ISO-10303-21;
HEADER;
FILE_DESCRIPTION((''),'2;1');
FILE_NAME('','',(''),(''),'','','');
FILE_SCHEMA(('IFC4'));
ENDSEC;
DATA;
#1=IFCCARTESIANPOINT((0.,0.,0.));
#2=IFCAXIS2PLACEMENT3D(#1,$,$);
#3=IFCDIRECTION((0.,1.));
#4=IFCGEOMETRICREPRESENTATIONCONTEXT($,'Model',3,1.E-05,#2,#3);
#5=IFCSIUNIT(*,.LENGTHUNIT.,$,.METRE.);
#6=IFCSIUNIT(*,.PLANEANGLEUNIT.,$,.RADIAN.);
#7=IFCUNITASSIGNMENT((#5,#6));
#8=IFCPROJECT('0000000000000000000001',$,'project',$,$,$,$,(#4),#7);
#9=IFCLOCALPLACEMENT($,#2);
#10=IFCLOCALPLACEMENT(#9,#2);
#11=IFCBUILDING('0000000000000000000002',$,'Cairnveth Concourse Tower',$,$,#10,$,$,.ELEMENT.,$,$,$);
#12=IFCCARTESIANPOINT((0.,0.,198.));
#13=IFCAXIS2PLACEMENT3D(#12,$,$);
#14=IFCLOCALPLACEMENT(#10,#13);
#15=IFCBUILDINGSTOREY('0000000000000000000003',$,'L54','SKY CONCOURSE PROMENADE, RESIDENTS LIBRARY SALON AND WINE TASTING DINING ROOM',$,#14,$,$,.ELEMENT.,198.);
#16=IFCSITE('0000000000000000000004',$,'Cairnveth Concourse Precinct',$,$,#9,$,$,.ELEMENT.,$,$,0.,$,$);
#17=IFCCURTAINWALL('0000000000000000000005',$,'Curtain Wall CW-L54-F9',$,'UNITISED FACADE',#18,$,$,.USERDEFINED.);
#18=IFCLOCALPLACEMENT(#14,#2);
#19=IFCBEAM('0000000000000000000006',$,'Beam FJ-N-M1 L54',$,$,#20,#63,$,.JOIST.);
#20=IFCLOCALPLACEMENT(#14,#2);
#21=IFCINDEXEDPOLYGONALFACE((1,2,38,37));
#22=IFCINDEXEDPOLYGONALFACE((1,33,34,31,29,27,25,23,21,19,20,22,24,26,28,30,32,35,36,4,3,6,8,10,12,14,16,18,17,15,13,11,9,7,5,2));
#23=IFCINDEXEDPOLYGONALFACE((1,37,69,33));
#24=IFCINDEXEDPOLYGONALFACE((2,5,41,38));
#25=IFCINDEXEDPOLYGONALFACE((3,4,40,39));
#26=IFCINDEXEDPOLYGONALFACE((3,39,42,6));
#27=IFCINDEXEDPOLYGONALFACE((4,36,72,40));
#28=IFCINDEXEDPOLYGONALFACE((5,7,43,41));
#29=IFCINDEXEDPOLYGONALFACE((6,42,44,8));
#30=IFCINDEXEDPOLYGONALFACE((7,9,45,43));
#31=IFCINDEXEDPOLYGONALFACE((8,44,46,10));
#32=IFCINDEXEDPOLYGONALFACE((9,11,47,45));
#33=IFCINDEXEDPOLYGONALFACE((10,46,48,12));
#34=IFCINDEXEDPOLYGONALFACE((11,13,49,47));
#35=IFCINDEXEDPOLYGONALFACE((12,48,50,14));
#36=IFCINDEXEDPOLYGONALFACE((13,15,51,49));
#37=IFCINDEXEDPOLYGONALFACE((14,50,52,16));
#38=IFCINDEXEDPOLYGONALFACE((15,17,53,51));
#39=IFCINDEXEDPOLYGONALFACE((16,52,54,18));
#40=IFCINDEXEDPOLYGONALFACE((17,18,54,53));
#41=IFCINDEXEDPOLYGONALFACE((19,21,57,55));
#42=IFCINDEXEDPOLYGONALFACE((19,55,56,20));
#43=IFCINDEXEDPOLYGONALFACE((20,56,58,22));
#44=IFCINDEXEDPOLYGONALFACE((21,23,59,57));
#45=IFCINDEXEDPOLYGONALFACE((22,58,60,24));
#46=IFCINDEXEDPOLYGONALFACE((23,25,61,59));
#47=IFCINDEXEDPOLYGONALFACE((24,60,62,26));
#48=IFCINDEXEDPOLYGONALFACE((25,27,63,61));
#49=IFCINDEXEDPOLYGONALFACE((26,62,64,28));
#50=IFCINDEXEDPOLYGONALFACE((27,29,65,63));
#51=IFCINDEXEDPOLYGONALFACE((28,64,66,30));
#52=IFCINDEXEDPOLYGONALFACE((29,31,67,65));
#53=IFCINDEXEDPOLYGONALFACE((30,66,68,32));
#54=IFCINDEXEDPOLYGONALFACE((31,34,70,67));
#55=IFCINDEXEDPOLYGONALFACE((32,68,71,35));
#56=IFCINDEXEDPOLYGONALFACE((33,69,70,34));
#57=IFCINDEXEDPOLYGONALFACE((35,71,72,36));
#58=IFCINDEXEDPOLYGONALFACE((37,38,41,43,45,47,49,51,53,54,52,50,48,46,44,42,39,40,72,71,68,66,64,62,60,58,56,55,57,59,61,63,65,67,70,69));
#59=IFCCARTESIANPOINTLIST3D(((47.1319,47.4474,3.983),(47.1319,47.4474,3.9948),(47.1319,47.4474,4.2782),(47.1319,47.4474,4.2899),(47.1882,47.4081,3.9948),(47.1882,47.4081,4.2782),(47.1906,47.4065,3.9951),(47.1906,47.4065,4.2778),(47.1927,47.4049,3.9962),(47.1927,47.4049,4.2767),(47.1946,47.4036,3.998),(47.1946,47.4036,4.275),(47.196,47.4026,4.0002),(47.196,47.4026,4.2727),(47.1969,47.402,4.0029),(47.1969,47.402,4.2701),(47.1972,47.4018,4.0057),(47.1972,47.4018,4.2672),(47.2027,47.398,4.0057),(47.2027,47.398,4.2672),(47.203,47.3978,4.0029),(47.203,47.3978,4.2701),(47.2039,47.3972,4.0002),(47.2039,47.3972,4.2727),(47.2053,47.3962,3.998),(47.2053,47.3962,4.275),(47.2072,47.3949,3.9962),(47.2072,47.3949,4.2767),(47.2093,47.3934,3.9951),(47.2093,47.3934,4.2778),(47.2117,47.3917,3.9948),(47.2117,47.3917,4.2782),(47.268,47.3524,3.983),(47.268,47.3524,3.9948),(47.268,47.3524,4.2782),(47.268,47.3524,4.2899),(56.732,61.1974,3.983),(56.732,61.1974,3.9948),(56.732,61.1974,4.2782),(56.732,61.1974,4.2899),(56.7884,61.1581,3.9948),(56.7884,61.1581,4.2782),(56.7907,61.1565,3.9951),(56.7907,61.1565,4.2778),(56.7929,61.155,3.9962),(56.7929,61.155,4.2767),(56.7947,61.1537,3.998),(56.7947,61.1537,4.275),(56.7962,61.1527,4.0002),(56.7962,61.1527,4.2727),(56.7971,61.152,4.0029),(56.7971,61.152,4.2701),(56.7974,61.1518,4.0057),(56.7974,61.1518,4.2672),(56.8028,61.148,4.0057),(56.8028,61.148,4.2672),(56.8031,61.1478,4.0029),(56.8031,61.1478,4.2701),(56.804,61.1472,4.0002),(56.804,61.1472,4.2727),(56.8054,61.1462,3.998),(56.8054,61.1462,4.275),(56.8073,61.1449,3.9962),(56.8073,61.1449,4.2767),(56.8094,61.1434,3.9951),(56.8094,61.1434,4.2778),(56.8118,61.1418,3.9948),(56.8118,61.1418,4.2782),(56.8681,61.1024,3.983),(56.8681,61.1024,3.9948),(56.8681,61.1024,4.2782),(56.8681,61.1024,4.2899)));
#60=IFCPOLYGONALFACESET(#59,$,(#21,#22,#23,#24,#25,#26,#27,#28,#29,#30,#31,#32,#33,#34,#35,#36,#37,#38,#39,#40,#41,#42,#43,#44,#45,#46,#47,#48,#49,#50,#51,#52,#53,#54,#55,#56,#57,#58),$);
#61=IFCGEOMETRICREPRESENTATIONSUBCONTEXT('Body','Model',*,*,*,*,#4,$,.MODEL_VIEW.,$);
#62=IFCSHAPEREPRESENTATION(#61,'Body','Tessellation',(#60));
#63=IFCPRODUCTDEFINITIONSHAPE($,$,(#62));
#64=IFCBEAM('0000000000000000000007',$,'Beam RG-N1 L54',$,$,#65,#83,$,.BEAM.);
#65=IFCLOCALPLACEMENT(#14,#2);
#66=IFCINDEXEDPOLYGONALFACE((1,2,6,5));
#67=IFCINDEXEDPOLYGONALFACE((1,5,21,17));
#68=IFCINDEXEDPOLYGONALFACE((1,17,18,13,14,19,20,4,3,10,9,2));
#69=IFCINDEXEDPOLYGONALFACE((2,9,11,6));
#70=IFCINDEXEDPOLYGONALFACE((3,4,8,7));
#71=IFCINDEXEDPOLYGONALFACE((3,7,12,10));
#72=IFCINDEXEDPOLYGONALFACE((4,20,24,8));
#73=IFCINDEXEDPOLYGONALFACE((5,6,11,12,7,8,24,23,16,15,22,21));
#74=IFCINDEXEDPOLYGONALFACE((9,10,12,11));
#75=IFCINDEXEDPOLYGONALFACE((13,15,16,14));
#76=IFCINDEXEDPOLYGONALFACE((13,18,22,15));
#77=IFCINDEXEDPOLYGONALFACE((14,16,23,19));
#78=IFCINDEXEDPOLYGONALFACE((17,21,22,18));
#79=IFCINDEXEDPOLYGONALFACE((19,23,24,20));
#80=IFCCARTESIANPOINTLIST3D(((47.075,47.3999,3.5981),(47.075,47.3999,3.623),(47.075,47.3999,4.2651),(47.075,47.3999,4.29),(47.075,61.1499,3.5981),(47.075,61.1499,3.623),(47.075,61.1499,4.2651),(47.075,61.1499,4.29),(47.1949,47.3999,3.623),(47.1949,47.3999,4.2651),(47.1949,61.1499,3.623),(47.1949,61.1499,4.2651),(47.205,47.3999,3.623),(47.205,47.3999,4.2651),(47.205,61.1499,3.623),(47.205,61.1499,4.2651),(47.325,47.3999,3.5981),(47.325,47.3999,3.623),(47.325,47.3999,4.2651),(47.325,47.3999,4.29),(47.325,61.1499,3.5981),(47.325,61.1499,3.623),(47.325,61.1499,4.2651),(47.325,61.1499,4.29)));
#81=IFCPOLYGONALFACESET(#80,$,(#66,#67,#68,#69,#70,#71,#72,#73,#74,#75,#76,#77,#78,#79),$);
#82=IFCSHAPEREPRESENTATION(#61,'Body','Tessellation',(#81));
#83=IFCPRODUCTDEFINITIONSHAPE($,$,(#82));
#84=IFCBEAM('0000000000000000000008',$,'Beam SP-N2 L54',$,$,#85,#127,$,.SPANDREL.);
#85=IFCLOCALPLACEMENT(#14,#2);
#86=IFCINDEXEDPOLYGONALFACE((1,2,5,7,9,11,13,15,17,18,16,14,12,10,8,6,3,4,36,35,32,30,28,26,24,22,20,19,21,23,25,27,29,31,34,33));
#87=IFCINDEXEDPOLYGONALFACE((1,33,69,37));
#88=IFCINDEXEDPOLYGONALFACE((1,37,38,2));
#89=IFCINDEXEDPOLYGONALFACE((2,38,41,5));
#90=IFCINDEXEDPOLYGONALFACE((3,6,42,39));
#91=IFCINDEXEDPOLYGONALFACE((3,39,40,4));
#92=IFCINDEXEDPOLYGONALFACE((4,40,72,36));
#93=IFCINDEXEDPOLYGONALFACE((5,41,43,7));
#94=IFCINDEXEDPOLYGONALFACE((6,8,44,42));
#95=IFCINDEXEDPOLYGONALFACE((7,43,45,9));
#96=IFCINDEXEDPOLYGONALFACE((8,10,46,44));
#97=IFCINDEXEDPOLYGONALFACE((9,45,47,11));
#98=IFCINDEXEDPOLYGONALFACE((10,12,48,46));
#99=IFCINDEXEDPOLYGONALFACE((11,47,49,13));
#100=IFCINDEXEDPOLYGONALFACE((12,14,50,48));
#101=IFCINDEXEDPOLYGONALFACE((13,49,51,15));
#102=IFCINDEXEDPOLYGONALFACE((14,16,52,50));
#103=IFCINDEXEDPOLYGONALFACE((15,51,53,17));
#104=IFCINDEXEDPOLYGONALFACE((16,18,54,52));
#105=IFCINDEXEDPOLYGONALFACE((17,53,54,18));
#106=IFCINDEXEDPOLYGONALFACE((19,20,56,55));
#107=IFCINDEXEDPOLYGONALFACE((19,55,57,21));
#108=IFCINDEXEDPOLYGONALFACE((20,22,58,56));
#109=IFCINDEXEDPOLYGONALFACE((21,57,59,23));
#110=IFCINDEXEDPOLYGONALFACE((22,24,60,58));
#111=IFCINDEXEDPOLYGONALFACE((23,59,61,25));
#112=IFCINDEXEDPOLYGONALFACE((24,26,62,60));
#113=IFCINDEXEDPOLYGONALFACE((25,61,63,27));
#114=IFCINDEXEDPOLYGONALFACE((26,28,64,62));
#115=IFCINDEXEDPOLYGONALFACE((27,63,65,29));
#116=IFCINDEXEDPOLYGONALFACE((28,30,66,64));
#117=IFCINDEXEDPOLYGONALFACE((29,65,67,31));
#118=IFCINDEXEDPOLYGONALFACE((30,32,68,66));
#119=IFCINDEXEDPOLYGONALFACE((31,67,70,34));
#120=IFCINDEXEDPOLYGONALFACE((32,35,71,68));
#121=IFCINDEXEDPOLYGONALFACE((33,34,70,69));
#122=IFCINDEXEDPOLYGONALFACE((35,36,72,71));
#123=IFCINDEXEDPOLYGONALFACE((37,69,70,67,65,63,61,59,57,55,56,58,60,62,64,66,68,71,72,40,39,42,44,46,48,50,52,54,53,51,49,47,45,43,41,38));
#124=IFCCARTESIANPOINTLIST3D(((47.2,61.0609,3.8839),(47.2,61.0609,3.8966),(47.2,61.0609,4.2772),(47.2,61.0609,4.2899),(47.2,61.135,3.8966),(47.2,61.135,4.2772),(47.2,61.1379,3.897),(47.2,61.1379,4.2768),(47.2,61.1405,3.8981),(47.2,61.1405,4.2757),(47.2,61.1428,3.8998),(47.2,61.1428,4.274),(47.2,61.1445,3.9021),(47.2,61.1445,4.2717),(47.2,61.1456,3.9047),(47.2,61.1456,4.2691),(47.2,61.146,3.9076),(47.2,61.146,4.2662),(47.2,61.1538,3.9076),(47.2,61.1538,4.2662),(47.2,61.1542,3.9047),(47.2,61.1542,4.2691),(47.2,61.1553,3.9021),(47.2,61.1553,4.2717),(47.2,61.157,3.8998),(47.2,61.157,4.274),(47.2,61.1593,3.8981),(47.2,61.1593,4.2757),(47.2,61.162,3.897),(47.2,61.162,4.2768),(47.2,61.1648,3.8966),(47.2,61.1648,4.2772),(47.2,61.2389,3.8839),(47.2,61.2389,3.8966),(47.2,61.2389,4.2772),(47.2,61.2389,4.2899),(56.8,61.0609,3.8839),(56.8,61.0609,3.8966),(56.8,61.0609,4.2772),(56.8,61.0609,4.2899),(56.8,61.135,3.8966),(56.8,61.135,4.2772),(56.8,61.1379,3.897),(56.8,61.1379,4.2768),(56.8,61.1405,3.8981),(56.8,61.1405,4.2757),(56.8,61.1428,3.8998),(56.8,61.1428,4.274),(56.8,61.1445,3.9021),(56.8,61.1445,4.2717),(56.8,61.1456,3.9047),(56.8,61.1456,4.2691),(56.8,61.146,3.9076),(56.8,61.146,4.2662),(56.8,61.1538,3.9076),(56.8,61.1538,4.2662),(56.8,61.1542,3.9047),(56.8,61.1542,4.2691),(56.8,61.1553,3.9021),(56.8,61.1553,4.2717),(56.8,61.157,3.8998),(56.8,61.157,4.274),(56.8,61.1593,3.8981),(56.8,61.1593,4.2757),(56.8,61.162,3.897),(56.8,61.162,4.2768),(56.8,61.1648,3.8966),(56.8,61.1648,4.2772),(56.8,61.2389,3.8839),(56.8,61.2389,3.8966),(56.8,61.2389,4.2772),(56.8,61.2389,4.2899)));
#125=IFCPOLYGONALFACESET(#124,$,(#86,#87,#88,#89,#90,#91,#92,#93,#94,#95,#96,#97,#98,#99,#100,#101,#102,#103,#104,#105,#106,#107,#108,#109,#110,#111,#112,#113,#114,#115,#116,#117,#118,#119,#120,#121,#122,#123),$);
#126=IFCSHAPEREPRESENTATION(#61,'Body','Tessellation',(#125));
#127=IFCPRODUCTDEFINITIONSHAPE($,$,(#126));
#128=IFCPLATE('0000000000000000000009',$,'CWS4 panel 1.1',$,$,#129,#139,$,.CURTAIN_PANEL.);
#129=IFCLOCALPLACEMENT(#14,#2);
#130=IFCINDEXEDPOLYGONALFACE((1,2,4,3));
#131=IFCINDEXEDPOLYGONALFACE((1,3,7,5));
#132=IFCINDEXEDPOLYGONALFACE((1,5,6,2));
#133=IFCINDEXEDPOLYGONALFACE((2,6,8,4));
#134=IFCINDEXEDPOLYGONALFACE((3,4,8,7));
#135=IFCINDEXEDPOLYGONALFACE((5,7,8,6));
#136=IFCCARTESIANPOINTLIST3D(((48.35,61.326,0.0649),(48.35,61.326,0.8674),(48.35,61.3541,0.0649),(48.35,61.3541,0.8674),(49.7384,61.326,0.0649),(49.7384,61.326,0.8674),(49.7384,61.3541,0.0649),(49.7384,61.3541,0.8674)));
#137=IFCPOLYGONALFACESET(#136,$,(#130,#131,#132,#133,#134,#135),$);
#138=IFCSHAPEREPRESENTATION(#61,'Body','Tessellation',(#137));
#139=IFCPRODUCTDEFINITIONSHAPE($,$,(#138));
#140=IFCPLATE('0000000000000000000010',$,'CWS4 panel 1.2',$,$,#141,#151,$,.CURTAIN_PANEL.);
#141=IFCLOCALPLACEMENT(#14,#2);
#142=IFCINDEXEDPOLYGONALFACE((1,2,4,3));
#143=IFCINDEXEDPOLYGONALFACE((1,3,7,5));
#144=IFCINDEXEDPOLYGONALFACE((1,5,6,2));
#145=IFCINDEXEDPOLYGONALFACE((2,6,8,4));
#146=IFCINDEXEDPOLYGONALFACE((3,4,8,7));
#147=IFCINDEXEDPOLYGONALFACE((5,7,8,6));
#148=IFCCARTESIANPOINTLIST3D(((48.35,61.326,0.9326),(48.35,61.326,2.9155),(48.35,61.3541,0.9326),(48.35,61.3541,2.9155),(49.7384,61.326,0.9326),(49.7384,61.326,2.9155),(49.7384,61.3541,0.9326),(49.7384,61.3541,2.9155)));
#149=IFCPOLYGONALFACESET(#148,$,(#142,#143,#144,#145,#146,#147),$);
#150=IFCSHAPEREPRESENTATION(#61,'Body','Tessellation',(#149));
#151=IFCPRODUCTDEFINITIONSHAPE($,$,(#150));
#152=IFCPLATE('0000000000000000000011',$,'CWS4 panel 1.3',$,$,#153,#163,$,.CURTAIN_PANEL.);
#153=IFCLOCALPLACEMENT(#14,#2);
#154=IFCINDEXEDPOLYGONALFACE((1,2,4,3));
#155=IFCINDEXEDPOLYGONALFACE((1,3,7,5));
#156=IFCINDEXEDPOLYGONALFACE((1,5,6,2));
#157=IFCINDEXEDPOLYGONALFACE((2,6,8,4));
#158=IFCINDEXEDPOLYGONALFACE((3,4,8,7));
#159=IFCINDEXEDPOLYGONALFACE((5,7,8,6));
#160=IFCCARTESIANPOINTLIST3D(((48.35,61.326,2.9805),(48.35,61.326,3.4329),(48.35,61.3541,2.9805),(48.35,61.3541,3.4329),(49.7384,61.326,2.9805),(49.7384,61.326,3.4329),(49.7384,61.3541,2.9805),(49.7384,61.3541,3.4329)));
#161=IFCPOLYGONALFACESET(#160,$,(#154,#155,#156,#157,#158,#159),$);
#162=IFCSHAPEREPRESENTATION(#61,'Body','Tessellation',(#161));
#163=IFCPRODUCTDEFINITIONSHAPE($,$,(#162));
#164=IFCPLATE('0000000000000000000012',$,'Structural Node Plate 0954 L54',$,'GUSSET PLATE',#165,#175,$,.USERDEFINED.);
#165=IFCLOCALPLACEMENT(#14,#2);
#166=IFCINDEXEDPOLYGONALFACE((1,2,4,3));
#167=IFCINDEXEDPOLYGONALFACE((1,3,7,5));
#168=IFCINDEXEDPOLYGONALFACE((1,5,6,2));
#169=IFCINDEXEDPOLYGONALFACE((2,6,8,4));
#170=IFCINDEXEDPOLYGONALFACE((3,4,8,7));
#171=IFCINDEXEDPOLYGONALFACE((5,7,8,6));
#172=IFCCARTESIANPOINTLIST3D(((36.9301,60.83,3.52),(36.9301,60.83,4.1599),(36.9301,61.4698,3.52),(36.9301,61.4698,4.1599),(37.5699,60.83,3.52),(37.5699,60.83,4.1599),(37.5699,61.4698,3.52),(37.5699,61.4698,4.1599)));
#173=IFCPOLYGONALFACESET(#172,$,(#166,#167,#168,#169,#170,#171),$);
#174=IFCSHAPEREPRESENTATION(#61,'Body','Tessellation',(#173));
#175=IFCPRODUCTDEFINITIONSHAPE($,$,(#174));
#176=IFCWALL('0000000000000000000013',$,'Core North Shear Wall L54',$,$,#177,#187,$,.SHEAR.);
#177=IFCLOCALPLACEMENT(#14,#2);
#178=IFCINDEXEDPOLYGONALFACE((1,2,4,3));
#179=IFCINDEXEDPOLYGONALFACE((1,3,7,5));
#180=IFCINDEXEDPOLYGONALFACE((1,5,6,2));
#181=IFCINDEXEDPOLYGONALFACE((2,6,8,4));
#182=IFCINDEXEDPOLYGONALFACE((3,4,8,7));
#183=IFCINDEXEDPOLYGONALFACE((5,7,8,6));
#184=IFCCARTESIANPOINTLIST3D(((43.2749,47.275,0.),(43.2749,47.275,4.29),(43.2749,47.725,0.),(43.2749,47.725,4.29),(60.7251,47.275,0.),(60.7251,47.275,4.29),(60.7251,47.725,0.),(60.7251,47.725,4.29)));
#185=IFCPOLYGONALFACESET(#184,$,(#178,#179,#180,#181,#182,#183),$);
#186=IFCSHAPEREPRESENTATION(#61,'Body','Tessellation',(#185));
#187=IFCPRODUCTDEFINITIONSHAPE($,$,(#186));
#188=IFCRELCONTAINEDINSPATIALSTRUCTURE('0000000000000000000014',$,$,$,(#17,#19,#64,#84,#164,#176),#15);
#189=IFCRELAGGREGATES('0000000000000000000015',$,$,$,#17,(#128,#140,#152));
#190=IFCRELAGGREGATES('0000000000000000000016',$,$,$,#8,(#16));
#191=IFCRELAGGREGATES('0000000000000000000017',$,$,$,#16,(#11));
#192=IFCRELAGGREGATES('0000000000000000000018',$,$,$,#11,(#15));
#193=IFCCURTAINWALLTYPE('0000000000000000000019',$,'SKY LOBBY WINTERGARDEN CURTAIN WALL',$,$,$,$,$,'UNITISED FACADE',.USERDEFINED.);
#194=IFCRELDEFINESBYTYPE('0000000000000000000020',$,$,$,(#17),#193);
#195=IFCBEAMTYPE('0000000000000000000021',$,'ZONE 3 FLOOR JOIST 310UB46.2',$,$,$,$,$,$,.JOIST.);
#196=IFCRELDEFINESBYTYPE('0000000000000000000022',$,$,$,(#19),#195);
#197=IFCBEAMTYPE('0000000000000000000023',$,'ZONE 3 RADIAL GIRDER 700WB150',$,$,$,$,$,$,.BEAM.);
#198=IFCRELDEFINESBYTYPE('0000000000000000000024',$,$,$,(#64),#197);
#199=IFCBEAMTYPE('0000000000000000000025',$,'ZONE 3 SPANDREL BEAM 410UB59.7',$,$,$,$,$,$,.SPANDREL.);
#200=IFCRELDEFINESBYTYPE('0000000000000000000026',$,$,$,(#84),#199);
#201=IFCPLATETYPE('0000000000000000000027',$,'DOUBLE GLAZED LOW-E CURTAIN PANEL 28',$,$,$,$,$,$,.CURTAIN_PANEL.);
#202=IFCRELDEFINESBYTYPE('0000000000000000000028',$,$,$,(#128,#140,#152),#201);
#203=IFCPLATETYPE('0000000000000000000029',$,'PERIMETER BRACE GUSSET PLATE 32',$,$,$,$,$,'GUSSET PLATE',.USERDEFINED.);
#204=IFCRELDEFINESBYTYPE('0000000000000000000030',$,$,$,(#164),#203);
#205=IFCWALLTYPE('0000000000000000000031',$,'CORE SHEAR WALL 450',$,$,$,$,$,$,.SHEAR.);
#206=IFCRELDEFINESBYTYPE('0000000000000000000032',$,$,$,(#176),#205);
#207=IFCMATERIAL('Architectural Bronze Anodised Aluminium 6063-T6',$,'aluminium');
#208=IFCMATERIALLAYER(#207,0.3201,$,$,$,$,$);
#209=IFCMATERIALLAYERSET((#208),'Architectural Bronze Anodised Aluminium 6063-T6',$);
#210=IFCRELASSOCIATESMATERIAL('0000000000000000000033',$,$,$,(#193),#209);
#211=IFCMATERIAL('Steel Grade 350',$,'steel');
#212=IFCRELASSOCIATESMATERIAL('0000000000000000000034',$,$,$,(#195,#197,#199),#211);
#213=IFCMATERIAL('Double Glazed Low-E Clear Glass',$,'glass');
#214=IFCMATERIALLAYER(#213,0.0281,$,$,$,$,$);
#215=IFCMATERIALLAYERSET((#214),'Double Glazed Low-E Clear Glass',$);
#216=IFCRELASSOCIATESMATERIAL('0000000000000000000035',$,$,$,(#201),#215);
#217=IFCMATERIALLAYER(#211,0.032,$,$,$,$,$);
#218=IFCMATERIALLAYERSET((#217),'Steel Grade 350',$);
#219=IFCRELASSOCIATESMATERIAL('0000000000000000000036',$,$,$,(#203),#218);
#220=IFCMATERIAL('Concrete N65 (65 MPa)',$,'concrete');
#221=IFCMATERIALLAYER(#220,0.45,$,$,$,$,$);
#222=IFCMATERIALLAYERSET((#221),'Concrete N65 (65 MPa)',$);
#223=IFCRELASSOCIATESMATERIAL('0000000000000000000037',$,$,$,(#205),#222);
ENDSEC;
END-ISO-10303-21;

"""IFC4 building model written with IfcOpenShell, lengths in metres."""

from ifc_helpers import new_model, si_unit, direction, frame, frame_2d, origin, origin_2d, place, context, subcontext, project, spatial, rectangle, i_section, extrude, material, layer, layer_set, material_profile, profile_set, type_object, element, aggregate, save


model = new_model("IFC4")

# Units and contexts
model_context = context("Model", 3, precision=1e-05, world=origin(), true_north=direction((0.0, 1.0)))
body_context = subcontext(model_context, "Body", "Model", "MODEL_VIEW")
ifc_project = project(units=[si_unit("LENGTHUNIT", "METRE"), si_unit("PLANEANGLEUNIT", "RADIAN")], contexts=[model_context])

# Site, building, storey
site_placement = place(None, origin())
site = spatial("IfcSite", under=ifc_project, at=site_placement, Name="Cairnveth Concourse Precinct", CompositionType="ELEMENT", RefElevation=0.0)
building_placement = place(site_placement, origin())
building = spatial("IfcBuilding", under=site, at=building_placement, Name="Cairnveth Concourse Tower", CompositionType="ELEMENT")
storey_placement = place(building_placement, frame((0.0, 0.0, 198.0)))
storey = spatial("IfcBuildingStorey", under=building, at=storey_placement, Name="L54", Description="SKY CONCOURSE PROMENADE, RESIDENTS LIBRARY SALON AND WINE TASTING DINING ROOM", CompositionType="ELEMENT", Elevation=198.0)

# Shared definitions
ifc_material_1 = material(Name="Concrete N65 (65 MPa)", Category="concrete")

# Curtain wall
ifc_material_2 = material(Name="Architectural Bronze Anodised Aluminium 6063-T6", Category="aluminium")
ifc_layer_1 = layer(ifc_material_2, 0.3201)
ifc_layer_set_1 = layer_set([ifc_layer_1], Name="Architectural Bronze Anodised Aluminium 6063-T6")
curtain_wall_type = type_object("IfcCurtainWallType", Name="SKY LOBBY WINTERGARDEN CURTAIN WALL", ElementType="UNITISED FACADE", PredefinedType="USERDEFINED", material=ifc_layer_set_1)
curtain_wall_placement = place(storey_placement, origin())
curtain_wall = element("IfcCurtainWall", 1, at=curtain_wall_placement, inside=storey, type_object=curtain_wall_type, Name="Curtain Wall CW-L54-F9", ObjectType="UNITISED FACADE", PredefinedType="USERDEFINED")

# Beams
ifc_material_3 = material(Name="Steel Grade 350", Category="steel")
ifc_material_profile_1 = material_profile(ifc_material_3, i_section(OverallWidth=0.166, OverallDepth=0.3069, WebThickness=0.0066, FlangeThickness=0.0117, FilletRadius=0.011, at=origin_2d()), Name="310UB46.2")
ifc_profile_set_1 = profile_set([ifc_material_profile_1], Name="Steel Grade 350")
beam_type_1 = type_object("IfcBeamType", Name="ZONE 3 FLOOR JOIST 310UB46.2", PredefinedType="JOIST", material=ifc_profile_set_1)
beam_1_placement = place(storey_placement, frame((47.2, 47.3999, 4.1365), z_axis=(0.572465, 0.819929, 0.0), x_axis=(-0.819929, 0.572465, 0.0)))
element("IfcBeam", 2, at=beam_1_placement, inside=storey, type_object=beam_type_1, Name="Beam FJ-N-M1 L54", PredefinedType="JOIST", context=body_context, shape_type="SweptSolid", body=[
    extrude(i_section(OverallWidth=0.166, OverallDepth=0.3069, WebThickness=0.0066, FlangeThickness=0.0117, FilletRadius=0.011, at=origin_2d()), origin(), (0.0, 0.0, 1.0), 16.7698),
])
ifc_material_profile_2 = material_profile(ifc_material_3, i_section(OverallWidth=0.25, OverallDepth=0.6919, WebThickness=0.01, FlangeThickness=0.0249, at=origin_2d()), Name="700WB150")
ifc_profile_set_2 = profile_set([ifc_material_profile_2], Name="Steel Grade 350")
beam_type_2 = type_object("IfcBeamType", Name="ZONE 3 RADIAL GIRDER 700WB150", PredefinedType="BEAM", material=ifc_profile_set_2)
beam_2_placement = place(storey_placement, frame((47.2, 47.3999, 3.9441), z_axis=(0.0, 1.0, 0.0), x_axis=(-1.0, 0.0, 0.0)))
element("IfcBeam", 3, at=beam_2_placement, inside=storey, type_object=beam_type_2, Name="Beam RG-N1 L54", PredefinedType="BEAM", context=body_context, shape_type="SweptSolid", body=[
    extrude(i_section(OverallWidth=0.25, OverallDepth=0.6919, WebThickness=0.01, FlangeThickness=0.0249, at=origin_2d()), origin(), (0.0, 0.0, 1.0), 13.75),
])
ifc_material_profile_3 = material_profile(ifc_material_3, i_section(OverallWidth=0.178, OverallDepth=0.406, WebThickness=0.0078, FlangeThickness=0.0127, FilletRadius=0.011, at=origin_2d()), Name="410UB59.7")
ifc_profile_set_3 = profile_set([ifc_material_profile_3], Name="Steel Grade 350")
beam_type_3 = type_object("IfcBeamType", Name="ZONE 3 SPANDREL BEAM 410UB59.7", PredefinedType="SPANDREL", material=ifc_profile_set_3)
beam_3_placement = place(storey_placement, frame((47.2, 61.1499, 4.0869), z_axis=(1.0, 0.0, 0.0), x_axis=(0.0, 1.0, 0.0)))
element("IfcBeam", 4, at=beam_3_placement, inside=storey, type_object=beam_type_3, Name="Beam SP-N2 L54", PredefinedType="SPANDREL", context=body_context, shape_type="SweptSolid", body=[
    extrude(i_section(OverallWidth=0.178, OverallDepth=0.406, WebThickness=0.0078, FlangeThickness=0.0127, FilletRadius=0.011, at=origin_2d()), origin(), (0.0, 0.0, 1.0), 9.6001),
])

# Plates
ifc_material_4 = material(Name="Double Glazed Low-E Clear Glass", Category="glass")
ifc_layer_2 = layer(ifc_material_4, 0.0281)
ifc_layer_set_2 = layer_set([ifc_layer_2], Name="Double Glazed Low-E Clear Glass")
plate_type_1 = type_object("IfcPlateType", Name="DOUBLE GLAZED LOW-E CURTAIN PANEL 28", PredefinedType="CURTAIN_PANEL", material=ifc_layer_set_2)
plate_1_placement = place(storey_placement, frame((49.0442, 61.3401, 0.0649), z_axis=(0.0, 0.0, 1.0), x_axis=(1.0, 0.0, 0.0)))
plate_1 = element("IfcPlate", 5, at=plate_1_placement, type_object=plate_type_1, Name="CWS4 panel 1.1", PredefinedType="CURTAIN_PANEL", context=body_context, shape_type="SweptSolid", body=[
    extrude(rectangle(XDim=1.3884, YDim=0.0281, at=origin_2d()), origin(), (0.0, 0.0, 1.0), 0.8025),
])
plate_2_placement = place(storey_placement, frame((49.0442, 61.3401, 0.9326), z_axis=(0.0, 0.0, 1.0), x_axis=(1.0, 0.0, 0.0)))
plate_2 = element("IfcPlate", 6, at=plate_2_placement, type_object=plate_type_1, Name="CWS4 panel 1.2", PredefinedType="CURTAIN_PANEL", context=body_context, shape_type="SweptSolid", body=[
    extrude(rectangle(XDim=1.3884, YDim=0.0281, at=origin_2d()), origin(), (0.0, 0.0, 1.0), 1.9829),
])
plate_3_placement = place(storey_placement, frame((49.0442, 61.3401, 2.9805), z_axis=(0.0, 0.0, 1.0), x_axis=(1.0, 0.0, 0.0)))
plate_3 = element("IfcPlate", 7, at=plate_3_placement, type_object=plate_type_1, Name="CWS4 panel 1.3", PredefinedType="CURTAIN_PANEL", context=body_context, shape_type="SweptSolid", body=[
    extrude(rectangle(XDim=1.3884, YDim=0.0281, at=origin_2d()), origin(), (0.0, 0.0, 1.0), 0.4524),
])
aggregate(curtain_wall, [plate_1, plate_2, plate_3])
ifc_layer_3 = layer(ifc_material_3, 0.032)
ifc_layer_set_3 = layer_set([ifc_layer_3], Name="Steel Grade 350")
plate_type_2 = type_object("IfcPlateType", Name="PERIMETER BRACE GUSSET PLATE 32", ElementType="GUSSET PLATE", PredefinedType="USERDEFINED", material=ifc_layer_set_3)
plate_4_placement = place(storey_placement, frame((37.25, 61.1499, 3.52), z_axis=(0.0, 0.0, 1.0), x_axis=(1.0, 0.0, 0.0)))
element("IfcPlate", 8, at=plate_4_placement, inside=storey, type_object=plate_type_2, Name="Structural Node Plate 0954 L54", ObjectType="GUSSET PLATE", PredefinedType="USERDEFINED", context=body_context, shape_type="SweptSolid", body=[
    extrude(rectangle(XDim=0.6399, YDim=0.6399, at=origin_2d()), origin(), (0.0, 0.0, 1.0), 0.6399),
])

# Wall
ifc_layer_4 = layer(ifc_material_1, 0.45)
ifc_layer_set_4 = layer_set([ifc_layer_4], Name="Concrete N65 (65 MPa)")
wall_type_1 = type_object("IfcWallType", Name="CORE SHEAR WALL 450", PredefinedType="SHEAR", material=ifc_layer_set_4)
wall_1_placement = place(storey_placement, frame((43.2749, 47.5, 0.0), z_axis=(0.0, 0.0, 1.0), x_axis=(1.0, 0.0, 0.0)))
element("IfcWall", 9, at=wall_1_placement, inside=storey, type_object=wall_type_1, Name="Core North Shear Wall L54", PredefinedType="SHEAR", context=body_context, shape_type="SweptSolid", body=[
    extrude(rectangle(XDim=17.4502, YDim=0.45, at=frame_2d((8.7251, 0.0))), origin(), (0.0, 0.0, 1.0), 4.29),
])

save(model, "model.ifc")
